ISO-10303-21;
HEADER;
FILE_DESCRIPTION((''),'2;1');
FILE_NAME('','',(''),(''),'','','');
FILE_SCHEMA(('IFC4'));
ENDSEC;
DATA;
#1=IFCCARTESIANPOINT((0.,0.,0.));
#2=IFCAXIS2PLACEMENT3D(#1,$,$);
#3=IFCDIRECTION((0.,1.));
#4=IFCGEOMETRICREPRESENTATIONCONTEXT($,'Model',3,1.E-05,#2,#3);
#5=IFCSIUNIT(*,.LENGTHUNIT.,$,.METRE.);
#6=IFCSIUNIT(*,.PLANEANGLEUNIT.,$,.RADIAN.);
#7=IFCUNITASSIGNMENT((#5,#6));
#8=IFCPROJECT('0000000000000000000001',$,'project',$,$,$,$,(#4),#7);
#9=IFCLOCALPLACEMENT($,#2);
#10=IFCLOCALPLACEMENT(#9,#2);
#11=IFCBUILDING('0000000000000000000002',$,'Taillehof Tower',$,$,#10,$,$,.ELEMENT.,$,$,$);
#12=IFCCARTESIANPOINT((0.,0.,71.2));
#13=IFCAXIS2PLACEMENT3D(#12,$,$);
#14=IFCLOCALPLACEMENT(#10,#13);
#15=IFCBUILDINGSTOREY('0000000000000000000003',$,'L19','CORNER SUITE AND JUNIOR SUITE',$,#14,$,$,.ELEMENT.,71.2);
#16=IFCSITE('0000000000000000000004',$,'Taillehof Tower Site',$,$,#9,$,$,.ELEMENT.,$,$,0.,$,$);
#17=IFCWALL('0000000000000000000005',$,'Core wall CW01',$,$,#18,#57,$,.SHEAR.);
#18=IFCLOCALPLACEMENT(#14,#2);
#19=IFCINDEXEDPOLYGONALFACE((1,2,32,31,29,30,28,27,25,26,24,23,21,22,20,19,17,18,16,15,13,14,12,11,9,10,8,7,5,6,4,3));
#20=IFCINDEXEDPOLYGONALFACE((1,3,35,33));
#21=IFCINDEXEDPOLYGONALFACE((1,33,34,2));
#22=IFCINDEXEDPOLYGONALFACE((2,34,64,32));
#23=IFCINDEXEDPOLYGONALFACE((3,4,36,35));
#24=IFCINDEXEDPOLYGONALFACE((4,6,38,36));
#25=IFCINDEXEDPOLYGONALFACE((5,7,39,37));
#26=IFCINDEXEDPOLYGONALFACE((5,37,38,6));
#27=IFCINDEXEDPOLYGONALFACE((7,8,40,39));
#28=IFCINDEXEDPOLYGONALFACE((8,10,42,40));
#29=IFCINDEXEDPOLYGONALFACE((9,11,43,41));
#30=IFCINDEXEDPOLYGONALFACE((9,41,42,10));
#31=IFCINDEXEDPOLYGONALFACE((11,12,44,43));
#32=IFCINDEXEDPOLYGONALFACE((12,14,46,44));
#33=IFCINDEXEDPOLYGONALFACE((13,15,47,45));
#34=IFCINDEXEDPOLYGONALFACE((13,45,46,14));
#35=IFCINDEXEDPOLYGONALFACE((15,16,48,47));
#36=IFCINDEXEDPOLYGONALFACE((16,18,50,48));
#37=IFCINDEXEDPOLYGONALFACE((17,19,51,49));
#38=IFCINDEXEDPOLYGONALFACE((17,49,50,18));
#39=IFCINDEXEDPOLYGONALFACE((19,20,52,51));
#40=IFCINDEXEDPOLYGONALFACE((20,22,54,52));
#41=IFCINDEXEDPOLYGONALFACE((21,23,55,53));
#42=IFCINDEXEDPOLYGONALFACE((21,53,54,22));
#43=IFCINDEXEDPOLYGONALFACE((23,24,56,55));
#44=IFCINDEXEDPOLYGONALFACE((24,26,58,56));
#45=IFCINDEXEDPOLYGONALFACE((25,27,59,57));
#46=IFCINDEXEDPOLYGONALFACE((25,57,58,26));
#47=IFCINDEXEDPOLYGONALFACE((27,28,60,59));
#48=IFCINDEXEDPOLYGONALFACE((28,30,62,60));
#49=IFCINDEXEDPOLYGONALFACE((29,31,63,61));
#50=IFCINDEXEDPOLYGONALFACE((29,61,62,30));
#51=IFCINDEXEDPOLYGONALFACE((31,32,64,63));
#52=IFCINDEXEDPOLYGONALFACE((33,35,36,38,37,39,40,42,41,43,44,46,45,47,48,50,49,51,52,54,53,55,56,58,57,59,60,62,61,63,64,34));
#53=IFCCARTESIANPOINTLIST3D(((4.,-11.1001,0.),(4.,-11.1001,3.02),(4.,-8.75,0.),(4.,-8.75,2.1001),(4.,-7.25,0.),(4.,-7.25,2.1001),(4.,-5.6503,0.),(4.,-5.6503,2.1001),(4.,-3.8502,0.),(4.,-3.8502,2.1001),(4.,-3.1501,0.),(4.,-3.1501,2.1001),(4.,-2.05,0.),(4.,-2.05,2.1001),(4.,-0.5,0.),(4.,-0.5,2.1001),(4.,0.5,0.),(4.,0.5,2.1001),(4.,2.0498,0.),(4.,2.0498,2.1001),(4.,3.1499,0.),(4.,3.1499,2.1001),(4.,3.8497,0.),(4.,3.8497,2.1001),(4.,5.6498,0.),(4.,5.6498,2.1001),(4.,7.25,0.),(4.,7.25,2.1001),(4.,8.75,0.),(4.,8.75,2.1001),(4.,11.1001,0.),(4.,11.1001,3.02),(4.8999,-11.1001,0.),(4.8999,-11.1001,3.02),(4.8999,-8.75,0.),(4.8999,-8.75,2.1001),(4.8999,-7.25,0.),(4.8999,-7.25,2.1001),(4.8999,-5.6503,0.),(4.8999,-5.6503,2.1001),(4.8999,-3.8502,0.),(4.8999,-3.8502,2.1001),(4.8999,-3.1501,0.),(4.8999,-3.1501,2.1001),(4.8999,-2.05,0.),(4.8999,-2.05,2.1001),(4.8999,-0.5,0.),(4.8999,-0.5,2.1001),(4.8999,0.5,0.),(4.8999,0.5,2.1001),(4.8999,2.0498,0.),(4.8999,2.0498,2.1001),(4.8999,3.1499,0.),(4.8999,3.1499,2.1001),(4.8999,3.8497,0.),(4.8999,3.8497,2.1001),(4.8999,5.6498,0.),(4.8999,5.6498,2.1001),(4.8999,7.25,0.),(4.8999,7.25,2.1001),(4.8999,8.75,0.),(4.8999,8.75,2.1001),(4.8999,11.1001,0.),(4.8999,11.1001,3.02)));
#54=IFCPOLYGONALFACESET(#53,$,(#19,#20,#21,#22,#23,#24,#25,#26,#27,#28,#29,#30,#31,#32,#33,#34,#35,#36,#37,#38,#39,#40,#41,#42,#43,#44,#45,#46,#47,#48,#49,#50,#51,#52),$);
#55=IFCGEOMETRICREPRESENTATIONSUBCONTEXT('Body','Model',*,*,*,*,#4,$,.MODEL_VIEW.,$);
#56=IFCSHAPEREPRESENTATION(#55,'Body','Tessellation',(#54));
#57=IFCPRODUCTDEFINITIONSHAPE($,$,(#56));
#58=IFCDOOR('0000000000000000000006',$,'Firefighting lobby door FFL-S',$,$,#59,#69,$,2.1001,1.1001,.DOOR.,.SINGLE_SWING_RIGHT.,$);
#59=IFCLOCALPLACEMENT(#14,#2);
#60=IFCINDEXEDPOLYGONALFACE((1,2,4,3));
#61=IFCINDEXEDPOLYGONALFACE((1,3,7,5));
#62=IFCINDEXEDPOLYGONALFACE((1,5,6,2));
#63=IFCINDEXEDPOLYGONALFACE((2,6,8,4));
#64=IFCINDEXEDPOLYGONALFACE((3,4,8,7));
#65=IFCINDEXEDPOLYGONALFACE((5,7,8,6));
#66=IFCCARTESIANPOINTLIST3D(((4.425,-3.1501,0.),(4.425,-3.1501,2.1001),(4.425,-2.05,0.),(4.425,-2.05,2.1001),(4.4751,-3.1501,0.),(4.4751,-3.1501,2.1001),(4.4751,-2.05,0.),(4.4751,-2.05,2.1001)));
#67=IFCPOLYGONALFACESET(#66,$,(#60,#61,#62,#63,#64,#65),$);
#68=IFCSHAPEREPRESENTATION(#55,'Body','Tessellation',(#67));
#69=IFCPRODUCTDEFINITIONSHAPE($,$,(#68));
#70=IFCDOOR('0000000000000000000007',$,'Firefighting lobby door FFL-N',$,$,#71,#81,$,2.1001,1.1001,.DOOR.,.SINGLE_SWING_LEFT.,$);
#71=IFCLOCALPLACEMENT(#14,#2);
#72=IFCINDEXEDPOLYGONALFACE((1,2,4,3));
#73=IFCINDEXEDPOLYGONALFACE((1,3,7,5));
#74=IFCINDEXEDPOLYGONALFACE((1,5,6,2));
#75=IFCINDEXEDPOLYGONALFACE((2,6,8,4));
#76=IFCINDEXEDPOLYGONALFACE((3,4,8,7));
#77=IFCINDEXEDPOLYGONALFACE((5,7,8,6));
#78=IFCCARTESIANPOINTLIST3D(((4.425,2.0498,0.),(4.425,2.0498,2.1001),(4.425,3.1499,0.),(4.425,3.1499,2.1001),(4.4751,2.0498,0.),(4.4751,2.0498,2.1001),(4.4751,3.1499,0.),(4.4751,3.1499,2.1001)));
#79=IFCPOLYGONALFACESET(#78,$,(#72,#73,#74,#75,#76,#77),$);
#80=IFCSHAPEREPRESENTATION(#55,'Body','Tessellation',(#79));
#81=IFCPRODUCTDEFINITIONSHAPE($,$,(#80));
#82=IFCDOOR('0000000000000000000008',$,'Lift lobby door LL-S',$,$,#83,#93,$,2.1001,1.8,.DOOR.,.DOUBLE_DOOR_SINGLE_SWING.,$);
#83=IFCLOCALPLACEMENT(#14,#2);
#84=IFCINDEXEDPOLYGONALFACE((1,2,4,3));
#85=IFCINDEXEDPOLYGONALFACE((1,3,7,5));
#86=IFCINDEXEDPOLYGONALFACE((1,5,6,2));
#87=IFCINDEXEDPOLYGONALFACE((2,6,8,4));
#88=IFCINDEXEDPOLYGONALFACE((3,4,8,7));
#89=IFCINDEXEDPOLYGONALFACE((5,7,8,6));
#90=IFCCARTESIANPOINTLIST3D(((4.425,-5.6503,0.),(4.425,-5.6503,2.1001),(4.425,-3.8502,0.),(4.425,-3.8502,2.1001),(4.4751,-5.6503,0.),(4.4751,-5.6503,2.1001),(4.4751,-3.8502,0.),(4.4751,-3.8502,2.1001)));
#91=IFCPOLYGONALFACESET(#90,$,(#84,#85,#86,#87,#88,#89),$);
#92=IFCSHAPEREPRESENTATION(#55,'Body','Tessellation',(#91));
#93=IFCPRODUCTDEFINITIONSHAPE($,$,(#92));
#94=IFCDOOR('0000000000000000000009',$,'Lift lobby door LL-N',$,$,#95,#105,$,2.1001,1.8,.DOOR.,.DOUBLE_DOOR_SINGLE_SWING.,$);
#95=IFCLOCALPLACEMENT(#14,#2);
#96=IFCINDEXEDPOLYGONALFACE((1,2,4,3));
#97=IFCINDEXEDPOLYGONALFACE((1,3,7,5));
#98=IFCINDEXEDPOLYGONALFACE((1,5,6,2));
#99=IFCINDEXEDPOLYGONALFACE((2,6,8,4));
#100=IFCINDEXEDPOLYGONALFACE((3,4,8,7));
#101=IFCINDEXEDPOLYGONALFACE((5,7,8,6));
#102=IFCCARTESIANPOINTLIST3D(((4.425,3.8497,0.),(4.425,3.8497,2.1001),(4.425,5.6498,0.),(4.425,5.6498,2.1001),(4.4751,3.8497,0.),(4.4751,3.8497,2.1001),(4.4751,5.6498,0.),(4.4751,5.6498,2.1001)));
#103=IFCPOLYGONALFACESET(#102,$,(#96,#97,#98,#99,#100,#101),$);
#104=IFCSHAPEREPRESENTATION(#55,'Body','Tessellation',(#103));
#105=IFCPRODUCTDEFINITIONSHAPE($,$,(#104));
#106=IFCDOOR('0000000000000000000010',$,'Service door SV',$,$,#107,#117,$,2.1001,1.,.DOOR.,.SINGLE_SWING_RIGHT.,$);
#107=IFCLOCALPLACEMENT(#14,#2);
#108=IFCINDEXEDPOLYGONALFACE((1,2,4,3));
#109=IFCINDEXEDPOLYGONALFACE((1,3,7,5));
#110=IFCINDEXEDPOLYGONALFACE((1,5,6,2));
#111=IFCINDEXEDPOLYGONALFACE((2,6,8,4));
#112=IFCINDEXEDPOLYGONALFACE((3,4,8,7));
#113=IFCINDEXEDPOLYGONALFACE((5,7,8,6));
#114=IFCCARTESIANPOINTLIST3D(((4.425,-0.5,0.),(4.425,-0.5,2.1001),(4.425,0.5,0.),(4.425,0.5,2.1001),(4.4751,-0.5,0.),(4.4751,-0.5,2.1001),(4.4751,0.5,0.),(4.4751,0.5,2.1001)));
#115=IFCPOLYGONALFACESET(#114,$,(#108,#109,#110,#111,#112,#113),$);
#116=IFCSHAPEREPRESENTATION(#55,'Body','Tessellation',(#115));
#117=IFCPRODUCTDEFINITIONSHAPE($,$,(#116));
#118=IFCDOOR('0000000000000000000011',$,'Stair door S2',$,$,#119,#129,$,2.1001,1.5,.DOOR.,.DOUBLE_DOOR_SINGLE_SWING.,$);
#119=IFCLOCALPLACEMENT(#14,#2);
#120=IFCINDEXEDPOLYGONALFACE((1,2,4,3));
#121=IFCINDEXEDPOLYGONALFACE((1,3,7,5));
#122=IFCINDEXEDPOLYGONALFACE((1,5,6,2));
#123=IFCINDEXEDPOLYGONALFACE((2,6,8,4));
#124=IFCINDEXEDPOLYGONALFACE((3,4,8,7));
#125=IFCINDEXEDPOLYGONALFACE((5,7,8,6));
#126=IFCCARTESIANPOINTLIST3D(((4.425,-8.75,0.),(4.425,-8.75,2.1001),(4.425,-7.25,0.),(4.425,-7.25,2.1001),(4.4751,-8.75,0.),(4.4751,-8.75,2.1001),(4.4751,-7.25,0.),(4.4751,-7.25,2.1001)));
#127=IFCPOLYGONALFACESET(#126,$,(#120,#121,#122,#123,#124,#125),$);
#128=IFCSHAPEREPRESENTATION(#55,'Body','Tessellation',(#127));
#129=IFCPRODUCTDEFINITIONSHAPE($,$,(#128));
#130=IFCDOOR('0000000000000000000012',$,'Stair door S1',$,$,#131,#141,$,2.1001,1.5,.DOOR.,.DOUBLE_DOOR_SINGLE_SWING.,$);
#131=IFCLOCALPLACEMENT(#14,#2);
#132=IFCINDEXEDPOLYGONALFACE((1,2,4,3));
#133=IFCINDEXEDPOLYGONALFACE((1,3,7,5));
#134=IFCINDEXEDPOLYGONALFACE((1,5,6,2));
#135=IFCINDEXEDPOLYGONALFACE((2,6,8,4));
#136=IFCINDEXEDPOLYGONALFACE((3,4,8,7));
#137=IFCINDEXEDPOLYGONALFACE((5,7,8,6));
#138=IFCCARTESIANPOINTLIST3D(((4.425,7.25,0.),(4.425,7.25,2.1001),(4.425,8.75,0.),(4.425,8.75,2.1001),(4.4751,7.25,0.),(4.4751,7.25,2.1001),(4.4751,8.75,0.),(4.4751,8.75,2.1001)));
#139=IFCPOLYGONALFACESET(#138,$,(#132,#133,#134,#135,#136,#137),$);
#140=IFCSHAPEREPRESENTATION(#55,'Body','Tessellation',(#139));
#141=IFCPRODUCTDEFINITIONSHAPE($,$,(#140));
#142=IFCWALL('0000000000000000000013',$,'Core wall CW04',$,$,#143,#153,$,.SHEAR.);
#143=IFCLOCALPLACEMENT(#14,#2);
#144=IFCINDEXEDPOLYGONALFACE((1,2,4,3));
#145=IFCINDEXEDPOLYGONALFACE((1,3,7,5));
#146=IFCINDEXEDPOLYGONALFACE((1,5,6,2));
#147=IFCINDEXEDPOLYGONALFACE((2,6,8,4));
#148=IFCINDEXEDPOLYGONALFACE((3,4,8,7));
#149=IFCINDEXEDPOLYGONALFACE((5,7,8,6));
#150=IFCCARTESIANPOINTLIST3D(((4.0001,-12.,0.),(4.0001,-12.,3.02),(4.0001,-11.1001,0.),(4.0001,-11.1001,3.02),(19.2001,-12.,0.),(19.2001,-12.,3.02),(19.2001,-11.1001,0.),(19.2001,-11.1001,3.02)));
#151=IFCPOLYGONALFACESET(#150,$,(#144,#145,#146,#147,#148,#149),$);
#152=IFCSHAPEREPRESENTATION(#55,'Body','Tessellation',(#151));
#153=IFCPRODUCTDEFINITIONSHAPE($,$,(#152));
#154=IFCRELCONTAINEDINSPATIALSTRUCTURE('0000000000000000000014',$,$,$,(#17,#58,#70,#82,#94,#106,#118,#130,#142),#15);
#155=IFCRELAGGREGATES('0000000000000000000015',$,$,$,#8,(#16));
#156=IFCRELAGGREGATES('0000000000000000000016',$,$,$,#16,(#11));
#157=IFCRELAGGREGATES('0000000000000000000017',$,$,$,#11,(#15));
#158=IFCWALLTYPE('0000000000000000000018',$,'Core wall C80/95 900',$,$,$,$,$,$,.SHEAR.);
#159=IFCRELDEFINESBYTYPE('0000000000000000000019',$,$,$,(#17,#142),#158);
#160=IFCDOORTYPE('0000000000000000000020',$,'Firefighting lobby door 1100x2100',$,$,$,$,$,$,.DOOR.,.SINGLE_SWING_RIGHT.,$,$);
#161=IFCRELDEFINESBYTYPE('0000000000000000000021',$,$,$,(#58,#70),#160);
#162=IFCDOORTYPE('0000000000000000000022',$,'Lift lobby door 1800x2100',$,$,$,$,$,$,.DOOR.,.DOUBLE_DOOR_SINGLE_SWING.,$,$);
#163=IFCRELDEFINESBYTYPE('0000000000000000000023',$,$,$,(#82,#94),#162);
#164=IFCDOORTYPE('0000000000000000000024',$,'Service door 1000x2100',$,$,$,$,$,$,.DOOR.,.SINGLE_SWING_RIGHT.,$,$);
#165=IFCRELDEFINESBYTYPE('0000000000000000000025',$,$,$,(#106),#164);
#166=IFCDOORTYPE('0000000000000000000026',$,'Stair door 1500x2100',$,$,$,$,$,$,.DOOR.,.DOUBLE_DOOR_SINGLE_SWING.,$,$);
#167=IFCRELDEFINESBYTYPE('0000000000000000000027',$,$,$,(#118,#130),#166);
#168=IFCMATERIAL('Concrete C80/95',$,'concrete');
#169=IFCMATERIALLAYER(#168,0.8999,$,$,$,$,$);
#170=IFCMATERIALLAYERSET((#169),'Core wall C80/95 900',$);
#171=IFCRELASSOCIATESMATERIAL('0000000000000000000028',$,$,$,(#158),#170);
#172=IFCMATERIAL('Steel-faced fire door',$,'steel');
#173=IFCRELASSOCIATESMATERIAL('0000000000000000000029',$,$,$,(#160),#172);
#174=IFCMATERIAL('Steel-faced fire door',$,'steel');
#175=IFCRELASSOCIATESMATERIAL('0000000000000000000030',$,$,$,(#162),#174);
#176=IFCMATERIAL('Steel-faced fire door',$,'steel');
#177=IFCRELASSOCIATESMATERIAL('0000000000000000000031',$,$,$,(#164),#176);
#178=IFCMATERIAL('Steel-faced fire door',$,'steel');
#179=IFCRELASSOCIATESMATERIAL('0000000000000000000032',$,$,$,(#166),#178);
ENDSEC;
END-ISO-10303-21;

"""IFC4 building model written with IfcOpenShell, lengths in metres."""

from ifc_helpers import new_model, si_unit, direction, frame, frame_2d, origin, place, context, subcontext, project, spatial, rectangle, extrude, material, layer, layer_set, type_object, element, fill, save


model = new_model("IFC4")

# Units and contexts
model_context = context("Model", 3, precision=1e-05, world=origin(), true_north=direction((0.0, 1.0)))
body_context = subcontext(model_context, "Body", "Model", "MODEL_VIEW")
ifc_project = project(units=[si_unit("LENGTHUNIT", "METRE"), si_unit("PLANEANGLEUNIT", "RADIAN")], contexts=[model_context])

# Site, building, storey
site_placement = place(None, origin())
site = spatial("IfcSite", under=ifc_project, at=site_placement, Name="Taillehof Tower Site", CompositionType="ELEMENT", RefElevation=0.0)
building_placement = place(site_placement, origin())
building = spatial("IfcBuilding", under=site, at=building_placement, Name="Taillehof Tower", CompositionType="ELEMENT")
storey_placement = place(building_placement, frame((0.0, 0.0, 71.2)))
storey = spatial("IfcBuildingStorey", under=building, at=storey_placement, Name="L19", Description="CORNER SUITE AND JUNIOR SUITE", CompositionType="ELEMENT", Elevation=71.2)

# Wall, openings, doors
ifc_material_1 = material(Name="Concrete C80/95", Category="concrete")
ifc_layer_1 = layer(ifc_material_1, 0.8999)
ifc_layer_set_1 = layer_set([ifc_layer_1], Name="Core wall C80/95 900")
wall_type_1 = type_object("IfcWallType", Name="Core wall C80/95 900", PredefinedType="SHEAR", material=ifc_layer_set_1)
wall_1_placement = place(storey_placement, frame((4.45, -11.1001, 0.0), z_axis=(0.0, 0.0, 1.0), x_axis=(0.0, 1.0, 0.0)))
wall_1 = element("IfcWall", 1, at=wall_1_placement, inside=storey, type_object=wall_type_1, Name="Core wall CW01", PredefinedType="SHEAR", context=body_context, shape_type="SweptSolid", body=[
    extrude(rectangle(XDim=22.2002, YDim=0.8999, at=frame_2d((11.1001, 0.0))), origin(), (0.0, 0.0, 1.0), 3.02),
])
opening_1_placement = place(wall_1_placement, frame((2.3501, 0.0, 0.0)))
opening_1 = element("IfcOpeningElement", 2, at=opening_1_placement, cuts=wall_1, PredefinedType="OPENING", context=body_context, shape_type="SweptSolid", body=[
    extrude(rectangle(XDim=1.5, YDim=2.1001, at=frame_2d((0.75, 1.05))), frame((0.0, 0.46, 0.0), z_axis=(0.0, -1.0, 0.0), x_axis=(1.0, 0.0, 0.0)), (0.0, 0.0, 1.0), 0.9199),
])
opening_2_placement = place(wall_1_placement, frame((5.45, 0.0, 0.0)))
opening_2 = element("IfcOpeningElement", 3, at=opening_2_placement, cuts=wall_1, PredefinedType="OPENING", context=body_context, shape_type="SweptSolid", body=[
    extrude(rectangle(XDim=1.8, YDim=2.1001, at=frame_2d((0.8999, 1.05))), frame((0.0, 0.46, 0.0), z_axis=(0.0, -1.0, 0.0), x_axis=(1.0, 0.0, 0.0)), (0.0, 0.0, 1.0), 0.9199),
])
opening_3_placement = place(wall_1_placement, frame((7.95, 0.0, 0.0)))
opening_3 = element("IfcOpeningElement", 4, at=opening_3_placement, cuts=wall_1, PredefinedType="OPENING", context=body_context, shape_type="SweptSolid", body=[
    extrude(rectangle(XDim=1.1001, YDim=2.1001, at=frame_2d((0.55, 1.05))), frame((0.0, 0.46, 0.0), z_axis=(0.0, -1.0, 0.0), x_axis=(1.0, 0.0, 0.0)), (0.0, 0.0, 1.0), 0.9199),
])
opening_4_placement = place(wall_1_placement, frame((10.6001, 0.0, 0.0)))
opening_4 = element("IfcOpeningElement", 5, at=opening_4_placement, cuts=wall_1, PredefinedType="OPENING", context=body_context, shape_type="SweptSolid", body=[
    extrude(rectangle(XDim=1.0, YDim=2.1001, at=frame_2d((0.5, 1.05))), frame((0.0, 0.46, 0.0), z_axis=(0.0, -1.0, 0.0), x_axis=(1.0, 0.0, 0.0)), (0.0, 0.0, 1.0), 0.9199),
])
opening_5_placement = place(wall_1_placement, frame((13.1499, 0.0, 0.0)))
opening_5 = element("IfcOpeningElement", 6, at=opening_5_placement, cuts=wall_1, PredefinedType="OPENING", context=body_context, shape_type="SweptSolid", body=[
    extrude(rectangle(XDim=1.1001, YDim=2.1001, at=frame_2d((0.55, 1.05))), frame((0.0, 0.46, 0.0), z_axis=(0.0, -1.0, 0.0), x_axis=(1.0, 0.0, 0.0)), (0.0, 0.0, 1.0), 0.9199),
])
opening_6_placement = place(wall_1_placement, frame((14.95, 0.0, 0.0)))
opening_6 = element("IfcOpeningElement", 7, at=opening_6_placement, cuts=wall_1, PredefinedType="OPENING", context=body_context, shape_type="SweptSolid", body=[
    extrude(rectangle(XDim=1.8, YDim=2.1001, at=frame_2d((0.8999, 1.05))), frame((0.0, 0.46, 0.0), z_axis=(0.0, -1.0, 0.0), x_axis=(1.0, 0.0, 0.0)), (0.0, 0.0, 1.0), 0.9199),
])
opening_7_placement = place(wall_1_placement, frame((18.3501, 0.0, 0.0)))
opening_7 = element("IfcOpeningElement", 8, at=opening_7_placement, cuts=wall_1, PredefinedType="OPENING", context=body_context, shape_type="SweptSolid", body=[
    extrude(rectangle(XDim=1.5, YDim=2.1001, at=frame_2d((0.75, 1.05))), frame((0.0, 0.46, 0.0), z_axis=(0.0, -1.0, 0.0), x_axis=(1.0, 0.0, 0.0)), (0.0, 0.0, 1.0), 0.9199),
])
ifc_material_2 = material(Name="Steel-faced fire door", Category="steel")
door_type_1 = type_object("IfcDoorType", Name="Firefighting lobby door 1100x2100", OperationType="SINGLE_SWING_RIGHT", PredefinedType="DOOR", material=ifc_material_2)
door_1_placement = place(opening_3_placement, origin())
door_1 = element("IfcDoor", 9, at=door_1_placement, inside=storey, type_object=door_type_1, Name="Firefighting lobby door FFL-S", OperationType="SINGLE_SWING_RIGHT", OverallHeight=2.1001, OverallWidth=1.1001, PredefinedType="DOOR", context=body_context, shape_type="SweptSolid", body=[
    extrude(rectangle(XDim=1.1001, YDim=2.1001, at=frame_2d((0.55, 1.05))), frame((0.0, 0.0249, 0.0), z_axis=(0.0, -1.0, 0.0), x_axis=(1.0, 0.0, 0.0)), (0.0, 0.0, 1.0), 0.05),
])
fill(opening_3, door_1)
door_2_placement = place(opening_5_placement, origin())
door_2 = element("IfcDoor", 10, at=door_2_placement, inside=storey, type_object=door_type_1, Name="Firefighting lobby door FFL-N", OperationType="SINGLE_SWING_LEFT", OverallHeight=2.1001, OverallWidth=1.1001, PredefinedType="DOOR", context=body_context, shape_type="SweptSolid", body=[
    extrude(rectangle(XDim=1.1001, YDim=2.1001, at=frame_2d((0.55, 1.05))), frame((0.0, 0.0249, 0.0), z_axis=(0.0, -1.0, 0.0), x_axis=(1.0, 0.0, 0.0)), (0.0, 0.0, 1.0), 0.05),
])
fill(opening_5, door_2)
ifc_material_3 = material(Name="Steel-faced fire door", Category="steel")
door_type_2 = type_object("IfcDoorType", Name="Lift lobby door 1800x2100", OperationType="DOUBLE_DOOR_SINGLE_SWING", PredefinedType="DOOR", material=ifc_material_3)
door_3_placement = place(opening_2_placement, origin())
door_3 = element("IfcDoor", 11, at=door_3_placement, inside=storey, type_object=door_type_2, Name="Lift lobby door LL-S", OperationType="DOUBLE_DOOR_SINGLE_SWING", OverallHeight=2.1001, OverallWidth=1.8, PredefinedType="DOOR", context=body_context, shape_type="SweptSolid", body=[
    extrude(rectangle(XDim=1.8, YDim=2.1001, at=frame_2d((0.8999, 1.05))), frame((0.0, 0.0249, 0.0), z_axis=(0.0, -1.0, 0.0), x_axis=(1.0, 0.0, 0.0)), (0.0, 0.0, 1.0), 0.05),
])
fill(opening_2, door_3)
door_4_placement = place(opening_6_placement, origin())
door_4 = element("IfcDoor", 12, at=door_4_placement, inside=storey, type_object=door_type_2, Name="Lift lobby door LL-N", OperationType="DOUBLE_DOOR_SINGLE_SWING", OverallHeight=2.1001, OverallWidth=1.8, PredefinedType="DOOR", context=body_context, shape_type="SweptSolid", body=[
    extrude(rectangle(XDim=1.8, YDim=2.1001, at=frame_2d((0.8999, 1.05))), frame((0.0, 0.0249, 0.0), z_axis=(0.0, -1.0, 0.0), x_axis=(1.0, 0.0, 0.0)), (0.0, 0.0, 1.0), 0.05),
])
fill(opening_6, door_4)
ifc_material_4 = material(Name="Steel-faced fire door", Category="steel")
door_type_3 = type_object("IfcDoorType", Name="Service door 1000x2100", OperationType="SINGLE_SWING_RIGHT", PredefinedType="DOOR", material=ifc_material_4)
door_5_placement = place(opening_4_placement, origin())
door_5 = element("IfcDoor", 13, at=door_5_placement, inside=storey, type_object=door_type_3, Name="Service door SV", OperationType="SINGLE_SWING_RIGHT", OverallHeight=2.1001, OverallWidth=1.0, PredefinedType="DOOR", context=body_context, shape_type="SweptSolid", body=[
    extrude(rectangle(XDim=1.0, YDim=2.1001, at=frame_2d((0.5, 1.05))), frame((0.0, 0.0249, 0.0), z_axis=(0.0, -1.0, 0.0), x_axis=(1.0, 0.0, 0.0)), (0.0, 0.0, 1.0), 0.05),
])
fill(opening_4, door_5)
ifc_material_5 = material(Name="Steel-faced fire door", Category="steel")
door_type_4 = type_object("IfcDoorType", Name="Stair door 1500x2100", OperationType="DOUBLE_DOOR_SINGLE_SWING", PredefinedType="DOOR", material=ifc_material_5)
door_6_placement = place(opening_1_placement, origin())
door_6 = element("IfcDoor", 14, at=door_6_placement, inside=storey, type_object=door_type_4, Name="Stair door S2", OperationType="DOUBLE_DOOR_SINGLE_SWING", OverallHeight=2.1001, OverallWidth=1.5, PredefinedType="DOOR", context=body_context, shape_type="SweptSolid", body=[
    extrude(rectangle(XDim=1.5, YDim=2.1001, at=frame_2d((0.75, 1.05))), frame((0.0, 0.0249, 0.0), z_axis=(0.0, -1.0, 0.0), x_axis=(1.0, 0.0, 0.0)), (0.0, 0.0, 1.0), 0.05),
])
fill(opening_1, door_6)
door_7_placement = place(opening_7_placement, origin())
door_7 = element("IfcDoor", 15, at=door_7_placement, inside=storey, type_object=door_type_4, Name="Stair door S1", OperationType="DOUBLE_DOOR_SINGLE_SWING", OverallHeight=2.1001, OverallWidth=1.5, PredefinedType="DOOR", context=body_context, shape_type="SweptSolid", body=[
    extrude(rectangle(XDim=1.5, YDim=2.1001, at=frame_2d((0.75, 1.05))), frame((0.0, 0.0249, 0.0), z_axis=(0.0, -1.0, 0.0), x_axis=(1.0, 0.0, 0.0)), (0.0, 0.0, 1.0), 0.05),
])
fill(opening_7, door_7)

# Wall
wall_2_placement = place(storey_placement, frame((4.0, -11.55, 0.0), z_axis=(0.0, 0.0, 1.0), x_axis=(1.0, 0.0, 0.0)))
element("IfcWall", 16, at=wall_2_placement, inside=storey, type_object=wall_type_1, Name="Core wall CW04", PredefinedType="SHEAR", context=body_context, shape_type="SweptSolid", body=[
    extrude(rectangle(XDim=15.2, YDim=0.8999, at=frame_2d((7.6001, 0.0))), origin(), (0.0, 0.0, 1.0), 3.02),
])

save(model, "model.ifc")
